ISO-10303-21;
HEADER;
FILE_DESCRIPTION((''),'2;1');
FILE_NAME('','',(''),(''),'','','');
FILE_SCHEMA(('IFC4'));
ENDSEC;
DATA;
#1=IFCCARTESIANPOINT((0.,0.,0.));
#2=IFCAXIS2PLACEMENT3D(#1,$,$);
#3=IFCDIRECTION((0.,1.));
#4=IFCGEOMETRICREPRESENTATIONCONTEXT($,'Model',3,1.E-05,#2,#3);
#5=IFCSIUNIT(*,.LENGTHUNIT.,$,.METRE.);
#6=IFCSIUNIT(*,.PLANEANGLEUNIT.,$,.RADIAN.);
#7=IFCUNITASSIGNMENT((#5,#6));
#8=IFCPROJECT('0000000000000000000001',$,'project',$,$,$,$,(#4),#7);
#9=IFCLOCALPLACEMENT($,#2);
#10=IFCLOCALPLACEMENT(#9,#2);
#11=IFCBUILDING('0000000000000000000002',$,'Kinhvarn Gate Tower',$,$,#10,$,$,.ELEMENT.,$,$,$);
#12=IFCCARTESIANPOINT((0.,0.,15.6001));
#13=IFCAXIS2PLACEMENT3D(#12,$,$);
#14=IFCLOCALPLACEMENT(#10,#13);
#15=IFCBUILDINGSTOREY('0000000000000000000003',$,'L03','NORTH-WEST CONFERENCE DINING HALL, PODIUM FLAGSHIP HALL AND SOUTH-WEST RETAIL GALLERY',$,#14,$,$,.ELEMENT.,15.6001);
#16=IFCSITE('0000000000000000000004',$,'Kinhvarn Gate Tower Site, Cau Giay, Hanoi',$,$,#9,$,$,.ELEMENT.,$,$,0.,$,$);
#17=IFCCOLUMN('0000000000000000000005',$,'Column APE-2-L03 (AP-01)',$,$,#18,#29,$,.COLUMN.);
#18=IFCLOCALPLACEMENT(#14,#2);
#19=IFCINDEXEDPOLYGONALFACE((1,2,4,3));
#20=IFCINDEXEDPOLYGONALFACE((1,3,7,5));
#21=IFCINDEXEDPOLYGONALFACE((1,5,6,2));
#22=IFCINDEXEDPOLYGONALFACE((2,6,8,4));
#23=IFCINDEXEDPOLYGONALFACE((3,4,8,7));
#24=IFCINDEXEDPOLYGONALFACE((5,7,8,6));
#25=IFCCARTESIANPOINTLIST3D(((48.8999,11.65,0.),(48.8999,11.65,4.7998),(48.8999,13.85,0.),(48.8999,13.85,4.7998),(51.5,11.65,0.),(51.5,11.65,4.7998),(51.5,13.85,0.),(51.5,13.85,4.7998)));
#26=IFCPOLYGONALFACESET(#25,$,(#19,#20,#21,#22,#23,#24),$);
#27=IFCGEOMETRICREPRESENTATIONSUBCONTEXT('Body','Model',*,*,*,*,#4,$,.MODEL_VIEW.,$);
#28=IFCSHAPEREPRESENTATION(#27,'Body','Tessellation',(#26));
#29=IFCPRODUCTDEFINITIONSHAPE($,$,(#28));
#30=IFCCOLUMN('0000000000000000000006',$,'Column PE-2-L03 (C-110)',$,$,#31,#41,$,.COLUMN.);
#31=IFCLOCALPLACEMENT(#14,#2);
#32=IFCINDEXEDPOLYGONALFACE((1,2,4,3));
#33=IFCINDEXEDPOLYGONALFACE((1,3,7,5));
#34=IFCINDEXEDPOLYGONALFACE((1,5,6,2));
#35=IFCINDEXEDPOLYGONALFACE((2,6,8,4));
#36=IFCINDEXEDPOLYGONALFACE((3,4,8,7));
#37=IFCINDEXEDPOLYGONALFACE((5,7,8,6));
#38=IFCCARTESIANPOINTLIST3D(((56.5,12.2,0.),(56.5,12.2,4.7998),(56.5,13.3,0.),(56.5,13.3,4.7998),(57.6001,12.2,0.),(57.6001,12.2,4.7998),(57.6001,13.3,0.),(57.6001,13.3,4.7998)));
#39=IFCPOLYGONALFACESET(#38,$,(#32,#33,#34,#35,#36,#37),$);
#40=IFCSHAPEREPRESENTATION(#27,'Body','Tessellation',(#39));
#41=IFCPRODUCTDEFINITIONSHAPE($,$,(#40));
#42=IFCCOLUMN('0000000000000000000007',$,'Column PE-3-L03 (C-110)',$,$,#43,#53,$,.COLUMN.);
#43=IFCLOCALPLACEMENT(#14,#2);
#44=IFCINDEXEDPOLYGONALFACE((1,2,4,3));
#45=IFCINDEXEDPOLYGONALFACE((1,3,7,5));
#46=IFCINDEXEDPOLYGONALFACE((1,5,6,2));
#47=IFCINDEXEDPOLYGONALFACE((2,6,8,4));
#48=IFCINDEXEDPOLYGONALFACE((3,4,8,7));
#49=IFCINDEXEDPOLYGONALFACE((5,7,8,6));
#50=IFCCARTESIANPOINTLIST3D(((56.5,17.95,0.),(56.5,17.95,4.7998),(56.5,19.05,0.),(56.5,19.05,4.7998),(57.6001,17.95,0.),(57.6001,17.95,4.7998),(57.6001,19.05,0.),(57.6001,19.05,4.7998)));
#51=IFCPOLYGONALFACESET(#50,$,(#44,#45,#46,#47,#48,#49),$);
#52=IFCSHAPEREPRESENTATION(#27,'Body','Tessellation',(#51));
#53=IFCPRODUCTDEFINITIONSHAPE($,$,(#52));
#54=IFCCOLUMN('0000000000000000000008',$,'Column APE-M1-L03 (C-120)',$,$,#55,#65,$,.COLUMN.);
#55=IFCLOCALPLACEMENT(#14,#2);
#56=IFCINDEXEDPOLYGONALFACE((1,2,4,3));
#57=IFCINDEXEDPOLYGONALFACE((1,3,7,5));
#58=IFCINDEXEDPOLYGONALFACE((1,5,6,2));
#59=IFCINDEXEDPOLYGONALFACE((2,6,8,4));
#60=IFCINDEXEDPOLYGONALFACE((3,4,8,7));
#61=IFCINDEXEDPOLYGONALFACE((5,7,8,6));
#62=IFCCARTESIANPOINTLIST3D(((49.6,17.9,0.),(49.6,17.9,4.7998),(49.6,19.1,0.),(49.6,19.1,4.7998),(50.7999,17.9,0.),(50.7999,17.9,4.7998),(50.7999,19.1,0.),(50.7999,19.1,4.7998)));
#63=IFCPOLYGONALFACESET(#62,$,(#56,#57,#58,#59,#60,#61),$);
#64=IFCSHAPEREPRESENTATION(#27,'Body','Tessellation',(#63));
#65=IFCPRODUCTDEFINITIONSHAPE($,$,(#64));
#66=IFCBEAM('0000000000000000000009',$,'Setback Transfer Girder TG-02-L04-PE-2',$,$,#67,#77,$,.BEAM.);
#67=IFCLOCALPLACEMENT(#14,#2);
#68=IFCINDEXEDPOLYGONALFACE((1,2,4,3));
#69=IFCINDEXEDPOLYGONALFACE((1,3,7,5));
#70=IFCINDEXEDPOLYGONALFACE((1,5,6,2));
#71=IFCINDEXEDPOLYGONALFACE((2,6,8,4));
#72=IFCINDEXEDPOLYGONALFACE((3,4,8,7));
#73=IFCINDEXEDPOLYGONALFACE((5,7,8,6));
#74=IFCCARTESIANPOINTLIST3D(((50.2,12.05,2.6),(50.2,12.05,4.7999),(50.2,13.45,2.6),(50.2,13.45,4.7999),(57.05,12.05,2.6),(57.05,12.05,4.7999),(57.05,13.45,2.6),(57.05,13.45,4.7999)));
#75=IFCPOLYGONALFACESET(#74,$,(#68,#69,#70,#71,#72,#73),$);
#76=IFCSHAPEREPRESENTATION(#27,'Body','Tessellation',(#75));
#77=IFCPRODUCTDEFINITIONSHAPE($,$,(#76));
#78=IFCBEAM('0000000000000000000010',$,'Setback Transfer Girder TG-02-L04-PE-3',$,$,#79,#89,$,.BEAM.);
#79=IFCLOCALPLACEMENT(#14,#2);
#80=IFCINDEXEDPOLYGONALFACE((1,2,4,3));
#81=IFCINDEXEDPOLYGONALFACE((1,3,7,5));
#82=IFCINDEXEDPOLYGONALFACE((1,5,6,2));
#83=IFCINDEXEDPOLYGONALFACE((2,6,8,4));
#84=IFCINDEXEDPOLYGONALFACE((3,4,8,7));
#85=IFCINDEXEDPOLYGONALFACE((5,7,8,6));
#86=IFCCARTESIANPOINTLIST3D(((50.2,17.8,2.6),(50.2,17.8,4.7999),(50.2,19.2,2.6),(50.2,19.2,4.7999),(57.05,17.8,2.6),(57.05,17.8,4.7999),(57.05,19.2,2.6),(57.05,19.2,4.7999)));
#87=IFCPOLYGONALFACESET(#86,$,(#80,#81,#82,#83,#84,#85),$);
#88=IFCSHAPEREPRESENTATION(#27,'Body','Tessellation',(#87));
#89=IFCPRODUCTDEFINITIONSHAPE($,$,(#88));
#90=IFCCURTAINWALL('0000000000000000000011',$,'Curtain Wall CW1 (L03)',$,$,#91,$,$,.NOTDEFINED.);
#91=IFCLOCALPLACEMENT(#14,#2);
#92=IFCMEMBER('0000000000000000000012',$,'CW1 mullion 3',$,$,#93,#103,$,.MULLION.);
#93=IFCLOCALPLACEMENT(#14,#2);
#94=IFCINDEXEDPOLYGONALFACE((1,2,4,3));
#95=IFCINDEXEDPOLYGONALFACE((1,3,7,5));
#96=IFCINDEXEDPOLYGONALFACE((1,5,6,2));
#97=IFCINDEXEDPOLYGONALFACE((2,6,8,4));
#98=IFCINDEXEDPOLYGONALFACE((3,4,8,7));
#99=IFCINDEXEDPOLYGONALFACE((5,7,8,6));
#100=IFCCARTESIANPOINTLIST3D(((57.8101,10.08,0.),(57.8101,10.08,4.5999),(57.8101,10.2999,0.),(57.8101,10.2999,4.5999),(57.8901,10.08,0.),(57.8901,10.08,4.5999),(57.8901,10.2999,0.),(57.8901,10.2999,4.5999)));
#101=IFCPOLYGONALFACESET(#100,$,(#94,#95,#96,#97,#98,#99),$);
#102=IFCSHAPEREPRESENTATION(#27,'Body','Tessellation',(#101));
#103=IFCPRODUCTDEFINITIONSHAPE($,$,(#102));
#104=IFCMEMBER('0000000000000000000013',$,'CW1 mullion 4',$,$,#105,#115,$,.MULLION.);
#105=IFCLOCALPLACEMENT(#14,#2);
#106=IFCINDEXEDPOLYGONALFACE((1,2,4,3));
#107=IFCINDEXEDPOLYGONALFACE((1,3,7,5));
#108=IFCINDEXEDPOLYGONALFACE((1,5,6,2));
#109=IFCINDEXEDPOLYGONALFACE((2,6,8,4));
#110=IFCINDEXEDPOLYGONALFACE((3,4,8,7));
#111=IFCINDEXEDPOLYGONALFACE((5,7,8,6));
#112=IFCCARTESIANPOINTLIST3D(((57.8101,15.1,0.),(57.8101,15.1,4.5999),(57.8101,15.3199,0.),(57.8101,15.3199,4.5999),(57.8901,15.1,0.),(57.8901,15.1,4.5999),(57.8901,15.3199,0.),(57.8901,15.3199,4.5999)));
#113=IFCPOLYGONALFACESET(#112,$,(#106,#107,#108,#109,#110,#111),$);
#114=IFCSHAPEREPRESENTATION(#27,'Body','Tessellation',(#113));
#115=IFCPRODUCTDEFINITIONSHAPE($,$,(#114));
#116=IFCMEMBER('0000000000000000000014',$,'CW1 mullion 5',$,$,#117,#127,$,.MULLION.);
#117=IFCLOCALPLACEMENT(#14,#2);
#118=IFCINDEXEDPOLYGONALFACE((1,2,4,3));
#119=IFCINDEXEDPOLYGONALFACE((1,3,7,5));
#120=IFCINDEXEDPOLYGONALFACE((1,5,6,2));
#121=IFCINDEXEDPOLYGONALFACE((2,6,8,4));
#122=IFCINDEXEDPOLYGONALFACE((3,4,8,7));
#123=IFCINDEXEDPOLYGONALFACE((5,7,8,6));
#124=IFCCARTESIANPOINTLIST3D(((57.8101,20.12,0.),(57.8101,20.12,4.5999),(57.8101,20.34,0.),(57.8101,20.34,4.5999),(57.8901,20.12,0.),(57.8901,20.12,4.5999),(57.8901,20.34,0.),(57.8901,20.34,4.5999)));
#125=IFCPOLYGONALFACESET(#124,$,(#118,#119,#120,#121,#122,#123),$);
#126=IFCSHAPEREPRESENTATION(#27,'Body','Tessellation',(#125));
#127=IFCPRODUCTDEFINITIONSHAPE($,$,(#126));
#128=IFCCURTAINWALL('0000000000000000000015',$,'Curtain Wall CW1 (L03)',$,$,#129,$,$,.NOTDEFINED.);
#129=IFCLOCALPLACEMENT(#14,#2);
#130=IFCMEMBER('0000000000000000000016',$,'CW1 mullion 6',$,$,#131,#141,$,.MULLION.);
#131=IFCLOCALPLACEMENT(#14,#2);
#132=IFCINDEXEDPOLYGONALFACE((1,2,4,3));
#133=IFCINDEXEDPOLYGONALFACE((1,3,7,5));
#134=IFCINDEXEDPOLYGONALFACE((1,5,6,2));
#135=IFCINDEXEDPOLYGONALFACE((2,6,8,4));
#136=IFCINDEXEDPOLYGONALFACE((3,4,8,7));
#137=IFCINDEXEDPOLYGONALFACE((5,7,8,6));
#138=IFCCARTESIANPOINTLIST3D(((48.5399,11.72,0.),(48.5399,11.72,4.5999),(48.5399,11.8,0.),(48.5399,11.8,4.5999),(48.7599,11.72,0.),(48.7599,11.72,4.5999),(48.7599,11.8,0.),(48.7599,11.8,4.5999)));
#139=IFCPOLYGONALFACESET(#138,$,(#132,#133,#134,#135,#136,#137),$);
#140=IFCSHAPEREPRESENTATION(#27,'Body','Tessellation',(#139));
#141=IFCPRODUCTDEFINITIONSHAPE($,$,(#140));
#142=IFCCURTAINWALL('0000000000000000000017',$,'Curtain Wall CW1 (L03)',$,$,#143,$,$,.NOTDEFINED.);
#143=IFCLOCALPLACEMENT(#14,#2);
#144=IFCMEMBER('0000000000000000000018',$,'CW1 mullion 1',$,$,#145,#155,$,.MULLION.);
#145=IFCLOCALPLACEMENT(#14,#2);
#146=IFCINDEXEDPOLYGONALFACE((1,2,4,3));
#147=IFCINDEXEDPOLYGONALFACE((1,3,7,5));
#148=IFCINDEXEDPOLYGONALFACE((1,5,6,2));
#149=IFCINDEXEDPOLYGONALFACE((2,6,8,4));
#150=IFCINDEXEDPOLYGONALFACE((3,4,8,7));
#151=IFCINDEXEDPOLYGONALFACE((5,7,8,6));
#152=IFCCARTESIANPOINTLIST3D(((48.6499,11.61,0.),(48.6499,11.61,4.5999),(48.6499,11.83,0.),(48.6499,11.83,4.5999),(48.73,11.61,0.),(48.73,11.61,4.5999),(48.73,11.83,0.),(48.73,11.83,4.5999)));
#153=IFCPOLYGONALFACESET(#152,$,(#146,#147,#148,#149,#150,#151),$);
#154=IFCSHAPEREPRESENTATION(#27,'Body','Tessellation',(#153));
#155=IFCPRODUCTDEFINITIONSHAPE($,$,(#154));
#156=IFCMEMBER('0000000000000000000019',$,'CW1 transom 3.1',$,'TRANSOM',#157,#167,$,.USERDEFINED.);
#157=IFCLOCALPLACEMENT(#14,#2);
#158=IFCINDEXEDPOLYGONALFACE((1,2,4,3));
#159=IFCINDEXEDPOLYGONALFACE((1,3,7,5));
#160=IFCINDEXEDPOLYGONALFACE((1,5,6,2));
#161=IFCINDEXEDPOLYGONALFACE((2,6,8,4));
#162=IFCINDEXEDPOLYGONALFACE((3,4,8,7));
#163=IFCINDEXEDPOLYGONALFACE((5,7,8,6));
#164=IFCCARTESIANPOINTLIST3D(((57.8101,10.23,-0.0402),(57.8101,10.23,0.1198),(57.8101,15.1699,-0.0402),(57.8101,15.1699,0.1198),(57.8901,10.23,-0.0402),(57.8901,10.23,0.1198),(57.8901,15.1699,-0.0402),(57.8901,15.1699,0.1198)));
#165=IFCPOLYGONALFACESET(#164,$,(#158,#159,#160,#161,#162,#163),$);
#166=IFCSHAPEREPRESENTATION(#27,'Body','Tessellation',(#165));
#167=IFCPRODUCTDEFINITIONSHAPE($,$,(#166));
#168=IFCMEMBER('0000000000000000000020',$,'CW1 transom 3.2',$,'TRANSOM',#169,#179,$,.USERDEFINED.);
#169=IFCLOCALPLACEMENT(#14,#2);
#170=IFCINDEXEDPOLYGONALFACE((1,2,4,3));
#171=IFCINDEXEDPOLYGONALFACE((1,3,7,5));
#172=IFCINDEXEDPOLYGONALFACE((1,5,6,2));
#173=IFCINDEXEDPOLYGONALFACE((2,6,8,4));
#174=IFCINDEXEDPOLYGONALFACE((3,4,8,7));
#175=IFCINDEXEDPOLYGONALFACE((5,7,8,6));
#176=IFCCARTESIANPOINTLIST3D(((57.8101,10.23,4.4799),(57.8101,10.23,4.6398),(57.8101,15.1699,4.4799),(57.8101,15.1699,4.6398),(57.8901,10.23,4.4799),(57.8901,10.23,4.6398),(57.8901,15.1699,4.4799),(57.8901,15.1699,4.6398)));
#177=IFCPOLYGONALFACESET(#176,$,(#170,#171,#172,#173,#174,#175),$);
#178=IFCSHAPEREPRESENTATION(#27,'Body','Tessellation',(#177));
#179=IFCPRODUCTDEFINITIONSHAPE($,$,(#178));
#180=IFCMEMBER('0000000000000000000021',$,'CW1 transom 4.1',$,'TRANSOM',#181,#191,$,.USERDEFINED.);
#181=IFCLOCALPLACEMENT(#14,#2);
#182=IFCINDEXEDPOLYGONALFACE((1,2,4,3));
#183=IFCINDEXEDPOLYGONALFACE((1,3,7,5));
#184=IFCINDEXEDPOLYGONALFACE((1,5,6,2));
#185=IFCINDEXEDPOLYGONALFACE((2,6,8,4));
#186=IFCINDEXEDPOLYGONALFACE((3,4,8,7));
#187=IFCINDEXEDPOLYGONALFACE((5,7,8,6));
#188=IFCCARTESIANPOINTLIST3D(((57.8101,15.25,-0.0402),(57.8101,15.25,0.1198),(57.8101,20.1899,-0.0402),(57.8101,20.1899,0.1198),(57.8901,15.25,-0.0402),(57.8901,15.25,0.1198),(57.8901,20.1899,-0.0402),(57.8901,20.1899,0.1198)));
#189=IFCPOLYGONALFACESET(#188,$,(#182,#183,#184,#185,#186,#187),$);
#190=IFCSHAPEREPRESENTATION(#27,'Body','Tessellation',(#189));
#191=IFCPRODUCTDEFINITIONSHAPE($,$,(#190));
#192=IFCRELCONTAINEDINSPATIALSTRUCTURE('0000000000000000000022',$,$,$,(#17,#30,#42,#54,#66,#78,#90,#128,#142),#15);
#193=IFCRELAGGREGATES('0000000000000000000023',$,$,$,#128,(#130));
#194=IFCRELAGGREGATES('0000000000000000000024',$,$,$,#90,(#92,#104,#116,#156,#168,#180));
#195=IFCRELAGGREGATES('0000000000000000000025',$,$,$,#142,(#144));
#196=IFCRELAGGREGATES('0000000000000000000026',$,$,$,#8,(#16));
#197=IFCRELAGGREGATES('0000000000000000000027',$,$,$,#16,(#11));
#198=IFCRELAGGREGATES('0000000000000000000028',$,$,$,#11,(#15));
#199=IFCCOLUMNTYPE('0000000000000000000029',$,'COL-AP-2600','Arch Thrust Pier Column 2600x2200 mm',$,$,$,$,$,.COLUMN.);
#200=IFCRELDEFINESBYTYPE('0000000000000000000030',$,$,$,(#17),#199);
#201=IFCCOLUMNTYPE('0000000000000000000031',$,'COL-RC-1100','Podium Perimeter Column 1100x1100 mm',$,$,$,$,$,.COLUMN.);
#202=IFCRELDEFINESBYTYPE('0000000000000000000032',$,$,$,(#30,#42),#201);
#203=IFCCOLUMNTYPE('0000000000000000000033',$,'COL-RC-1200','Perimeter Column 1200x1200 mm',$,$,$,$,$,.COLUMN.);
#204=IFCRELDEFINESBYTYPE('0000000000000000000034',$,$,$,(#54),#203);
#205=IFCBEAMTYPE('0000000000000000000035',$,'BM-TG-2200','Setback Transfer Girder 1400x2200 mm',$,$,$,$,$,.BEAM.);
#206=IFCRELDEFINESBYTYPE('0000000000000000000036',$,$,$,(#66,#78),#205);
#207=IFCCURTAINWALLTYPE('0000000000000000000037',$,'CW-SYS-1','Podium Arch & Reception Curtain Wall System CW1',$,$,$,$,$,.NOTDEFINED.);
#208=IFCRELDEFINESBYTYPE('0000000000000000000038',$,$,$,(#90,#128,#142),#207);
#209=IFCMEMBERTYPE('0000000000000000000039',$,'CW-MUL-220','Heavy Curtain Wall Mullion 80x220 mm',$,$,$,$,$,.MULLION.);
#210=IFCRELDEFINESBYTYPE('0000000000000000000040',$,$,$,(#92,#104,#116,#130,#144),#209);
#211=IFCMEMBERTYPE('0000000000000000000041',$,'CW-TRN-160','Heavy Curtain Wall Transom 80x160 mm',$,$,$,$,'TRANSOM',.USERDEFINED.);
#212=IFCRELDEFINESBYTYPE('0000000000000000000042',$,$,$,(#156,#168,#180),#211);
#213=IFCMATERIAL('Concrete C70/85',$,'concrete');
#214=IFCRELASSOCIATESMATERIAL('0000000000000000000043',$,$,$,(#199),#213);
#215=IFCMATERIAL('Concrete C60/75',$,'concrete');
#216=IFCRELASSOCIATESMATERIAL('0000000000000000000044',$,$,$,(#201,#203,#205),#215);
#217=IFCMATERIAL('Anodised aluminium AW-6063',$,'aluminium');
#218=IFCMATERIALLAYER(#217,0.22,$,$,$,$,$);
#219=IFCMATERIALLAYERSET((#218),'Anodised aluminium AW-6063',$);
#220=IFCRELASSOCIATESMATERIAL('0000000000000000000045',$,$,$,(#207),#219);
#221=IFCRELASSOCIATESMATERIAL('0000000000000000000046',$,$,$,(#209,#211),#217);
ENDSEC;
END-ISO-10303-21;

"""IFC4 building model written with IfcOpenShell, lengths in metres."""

from ifc_helpers import new_model, si_unit, direction, frame, origin, origin_2d, place, context, subcontext, project, spatial, rectangle, extrude, material, layer, layer_set, material_profile, profile_set, type_object, element, aggregate, save


model = new_model("IFC4")

# Units and contexts
model_context = context("Model", 3, precision=1e-05, world=origin(), true_north=direction((0.0, 1.0)))
body_context = subcontext(model_context, "Body", "Model", "MODEL_VIEW")
ifc_project = project(units=[si_unit("LENGTHUNIT", "METRE"), si_unit("PLANEANGLEUNIT", "RADIAN")], contexts=[model_context])

# Site, building, storey
site_placement = place(None, origin())
site = spatial("IfcSite", under=ifc_project, at=site_placement, Name="Kinhvarn Gate Tower Site, Cau Giay, Hanoi", CompositionType="ELEMENT", RefElevation=0.0)
building_placement = place(site_placement, origin())
building = spatial("IfcBuilding", under=site, at=building_placement, Name="Kinhvarn Gate Tower", CompositionType="ELEMENT")
storey_placement = place(building_placement, frame((0.0, 0.0, 15.6001)))
storey = spatial("IfcBuildingStorey", under=building, at=storey_placement, Name="L03", Description="NORTH-WEST CONFERENCE DINING HALL, PODIUM FLAGSHIP HALL AND SOUTH-WEST RETAIL GALLERY", CompositionType="ELEMENT", Elevation=15.6001)

# Columns
ifc_material_1 = material(Name="Concrete C70/85", Category="concrete")
ifc_material_profile_1 = material_profile(ifc_material_1, rectangle(XDim=2.6001, YDim=2.2, at=origin_2d()), Name="RC 2600x2200")
ifc_profile_set_1 = profile_set([ifc_material_profile_1], Name="Concrete C70/85")
column_type_1 = type_object("IfcColumnType", Name="COL-AP-2600", Description="Arch Thrust Pier Column 2600x2200 mm", PredefinedType="COLUMN", material=ifc_profile_set_1)
column_1_placement = place(storey_placement, frame((50.2, 12.75, 0.0), z_axis=(0.0, 0.0, 1.0), x_axis=(1.0, 0.0, 0.0)))
element("IfcColumn", 1, at=column_1_placement, inside=storey, type_object=column_type_1, Name="Column APE-2-L03 (AP-01)", PredefinedType="COLUMN", context=body_context, shape_type="SweptSolid", body=[
    extrude(rectangle(XDim=2.6001, YDim=2.2, at=origin_2d()), origin(), (0.0, 0.0, 1.0), 4.7998),
])
ifc_material_2 = material(Name="Concrete C60/75", Category="concrete")
ifc_material_profile_2 = material_profile(ifc_material_2, rectangle(XDim=1.1001, YDim=1.1001, at=origin_2d()), Name="RC 1100x1100")
ifc_profile_set_2 = profile_set([ifc_material_profile_2], Name="Concrete C60/75")
column_type_2 = type_object("IfcColumnType", Name="COL-RC-1100", Description="Podium Perimeter Column 1100x1100 mm", PredefinedType="COLUMN", material=ifc_profile_set_2)
for number, where, z_axis, x_axis, name in (
    (2, (57.05, 12.75, 0.0), (0.0, 0.0, 1.0), (1.0, 0.0, 0.0), "Column PE-2-L03 (C-110)"),
    (3, (57.05, 18.5, 0.0), (0.0, 0.0, 1.0), (1.0, 0.0, 0.0), "Column PE-3-L03 (C-110)"),
):
    element("IfcColumn", number, at=place(storey_placement, frame(where, z_axis=z_axis, x_axis=x_axis)), inside=storey, type_object=column_type_2, Name=name, PredefinedType="COLUMN", context=body_context, shape_type="SweptSolid", body=[
        extrude(rectangle(XDim=1.1001, YDim=1.1001, at=origin_2d()), origin(), (0.0, 0.0, 1.0), 4.7998),
    ])
ifc_material_profile_3 = material_profile(ifc_material_2, rectangle(XDim=1.2, YDim=1.2, at=origin_2d()), Name="RC 1200x1200")
ifc_profile_set_3 = profile_set([ifc_material_profile_3], Name="Concrete C60/75")
column_type_3 = type_object("IfcColumnType", Name="COL-RC-1200", Description="Perimeter Column 1200x1200 mm", PredefinedType="COLUMN", material=ifc_profile_set_3)
column_2_placement = place(storey_placement, frame((50.2, 18.5, 0.0), z_axis=(0.0, 0.0, 1.0), x_axis=(1.0, 0.0, 0.0)))
element("IfcColumn", 4, at=column_2_placement, inside=storey, type_object=column_type_3, Name="Column APE-M1-L03 (C-120)", PredefinedType="COLUMN", context=body_context, shape_type="SweptSolid", body=[
    extrude(rectangle(XDim=1.2, YDim=1.2, at=origin_2d()), origin(), (0.0, 0.0, 1.0), 4.7998),
])

# Beams
ifc_material_profile_4 = material_profile(ifc_material_2, rectangle(XDim=1.3999, YDim=2.2, at=origin_2d()), Name="RC 1400x2200")
ifc_profile_set_4 = profile_set([ifc_material_profile_4], Name="Concrete C60/75")
beam_type_1 = type_object("IfcBeamType", Name="BM-TG-2200", Description="Setback Transfer Girder 1400x2200 mm", PredefinedType="BEAM", material=ifc_profile_set_4)
for number, where, z_axis, x_axis, name in (
    (5, (50.2, 12.75, 3.7), (1.0, 0.0, 0.0), (0.0, 1.0, 0.0), "Setback Transfer Girder TG-02-L04-PE-2"),
    (6, (50.2, 18.5, 3.7), (1.0, 0.0, 0.0), (0.0, 1.0, 0.0), "Setback Transfer Girder TG-02-L04-PE-3"),
):
    element("IfcBeam", number, at=place(storey_placement, frame(where, z_axis=z_axis, x_axis=x_axis)), inside=storey, type_object=beam_type_1, Name=name, PredefinedType="BEAM", context=body_context, shape_type="SweptSolid", body=[
        extrude(rectangle(XDim=1.3999, YDim=2.2, at=origin_2d()), origin(), (0.0, 0.0, 1.0), 6.8501),
    ])

# Curtain wall, members
ifc_material_3 = material(Name="Anodised aluminium AW-6063", Category="aluminium")
ifc_layer_1 = layer(ifc_material_3, 0.22)
ifc_layer_set_1 = layer_set([ifc_layer_1], Name="Anodised aluminium AW-6063")
curtain_wall_type = type_object("IfcCurtainWallType", Name="CW-SYS-1", Description="Podium Arch & Reception Curtain Wall System CW1", PredefinedType="NOTDEFINED", material=ifc_layer_set_1)
curtain_wall_1_placement = place(storey_placement, origin())
curtain_wall_1 = element("IfcCurtainWall", 7, at=curtain_wall_1_placement, inside=storey, type_object=curtain_wall_type, Name="Curtain Wall CW1 (L03)", PredefinedType="NOTDEFINED")
ifc_material_profile_5 = material_profile(ifc_material_3, rectangle(XDim=0.0801, YDim=0.22, at=origin_2d()), Name="ALU 80x220")
ifc_profile_set_5 = profile_set([ifc_material_profile_5], Name="Anodised aluminium AW-6063")
member_type_1 = type_object("IfcMemberType", Name="CW-MUL-220", Description="Heavy Curtain Wall Mullion 80x220 mm", PredefinedType="MULLION", material=ifc_profile_set_5)
member_1_placement = place(storey_placement, frame((57.8501, 10.1899, 0.0), z_axis=(0.0, 0.0, 1.0), x_axis=(-1.0, 0.0, 0.0)))
member_1 = element("IfcMember", 8, at=member_1_placement, type_object=member_type_1, Name="CW1 mullion 3", PredefinedType="MULLION", context=body_context, shape_type="SweptSolid", body=[
    extrude(rectangle(XDim=0.0801, YDim=0.22, at=origin_2d()), origin(), (0.0, 0.0, 1.0), 4.5999),
])
member_2_placement = place(storey_placement, frame((57.8501, 15.21, 0.0), z_axis=(0.0, 0.0, 1.0), x_axis=(-1.0, 0.0, 0.0)))
member_2 = element("IfcMember", 9, at=member_2_placement, type_object=member_type_1, Name="CW1 mullion 4", PredefinedType="MULLION", context=body_context, shape_type="SweptSolid", body=[
    extrude(rectangle(XDim=0.0801, YDim=0.22, at=origin_2d()), origin(), (0.0, 0.0, 1.0), 4.5999),
])
member_3_placement = place(storey_placement, frame((57.8501, 20.23, 0.0), z_axis=(0.0, 0.0, 1.0), x_axis=(-1.0, 0.0, 0.0)))
member_3 = element("IfcMember", 10, at=member_3_placement, type_object=member_type_1, Name="CW1 mullion 5", PredefinedType="MULLION", context=body_context, shape_type="SweptSolid", body=[
    extrude(rectangle(XDim=0.0801, YDim=0.22, at=origin_2d()), origin(), (0.0, 0.0, 1.0), 4.5999),
])

# Curtain walls, members
curtain_wall_2_placement = place(storey_placement, origin())
curtain_wall_2 = element("IfcCurtainWall", 11, at=curtain_wall_2_placement, inside=storey, type_object=curtain_wall_type, Name="Curtain Wall CW1 (L03)", PredefinedType="NOTDEFINED")
member_4_placement = place(storey_placement, frame((48.6499, 11.76, 0.0), z_axis=(0.0, 0.0, 1.0), x_axis=(0.0, 1.0, 0.0)))
member_4 = element("IfcMember", 12, at=member_4_placement, type_object=member_type_1, Name="CW1 mullion 6", PredefinedType="MULLION", context=body_context, shape_type="SweptSolid", body=[
    extrude(rectangle(XDim=0.0801, YDim=0.22, at=origin_2d()), origin(), (0.0, 0.0, 1.0), 4.5999),
])
aggregate(curtain_wall_2, [member_4])
curtain_wall_3_placement = place(storey_placement, origin())
curtain_wall_3 = element("IfcCurtainWall", 13, at=curtain_wall_3_placement, inside=storey, type_object=curtain_wall_type, Name="Curtain Wall CW1 (L03)", PredefinedType="NOTDEFINED")
member_5_placement = place(storey_placement, frame((48.6899, 11.72, 0.0), z_axis=(0.0, 0.0, 1.0), x_axis=(1.0, 0.0, 0.0)))
member_5 = element("IfcMember", 14, at=member_5_placement, type_object=member_type_1, Name="CW1 mullion 1", PredefinedType="MULLION", context=body_context, shape_type="SweptSolid", body=[
    extrude(rectangle(XDim=0.0801, YDim=0.22, at=origin_2d()), origin(), (0.0, 0.0, 1.0), 4.5999),
])

# Members
ifc_material_profile_6 = material_profile(ifc_material_3, rectangle(XDim=0.0801, YDim=0.1599, at=origin_2d()), Name="ALU 80x160")
ifc_profile_set_6 = profile_set([ifc_material_profile_6], Name="Anodised aluminium AW-6063")
member_type_2 = type_object("IfcMemberType", Name="CW-TRN-160", Description="Heavy Curtain Wall Transom 80x160 mm", ElementType="TRANSOM", PredefinedType="USERDEFINED", material=ifc_profile_set_6)
member_6_placement = place(storey_placement, frame((57.8501, 10.23, 0.0398), z_axis=(0.0, 1.0, 0.0), x_axis=(-1.0, 0.0, 0.0)))
member_6 = element("IfcMember", 15, at=member_6_placement, type_object=member_type_2, Name="CW1 transom 3.1", ObjectType="TRANSOM", PredefinedType="USERDEFINED", context=body_context, shape_type="SweptSolid", body=[
    extrude(rectangle(XDim=0.0801, YDim=0.1599, at=origin_2d()), origin(), (0.0, 0.0, 1.0), 4.9399),
])
member_7_placement = place(storey_placement, frame((57.8501, 10.23, 4.5598), z_axis=(0.0, 1.0, 0.0), x_axis=(-1.0, 0.0, 0.0)))
member_7 = element("IfcMember", 16, at=member_7_placement, type_object=member_type_2, Name="CW1 transom 3.2", ObjectType="TRANSOM", PredefinedType="USERDEFINED", context=body_context, shape_type="SweptSolid", body=[
    extrude(rectangle(XDim=0.0801, YDim=0.1599, at=origin_2d()), origin(), (0.0, 0.0, 1.0), 4.9399),
])
member_8_placement = place(storey_placement, frame((57.8501, 15.25, 0.0398), z_axis=(0.0, 1.0, 0.0), x_axis=(-1.0, 0.0, 0.0)))
member_8 = element("IfcMember", 17, at=member_8_placement, type_object=member_type_2, Name="CW1 transom 4.1", ObjectType="TRANSOM", PredefinedType="USERDEFINED", context=body_context, shape_type="SweptSolid", body=[
    extrude(rectangle(XDim=0.0801, YDim=0.1599, at=origin_2d()), origin(), (0.0, 0.0, 1.0), 4.9399),
])

aggregate(curtain_wall_1, [member_1, member_2, member_3, member_6, member_7, member_8])
aggregate(curtain_wall_3, [member_5])

save(model, "model.ifc")
